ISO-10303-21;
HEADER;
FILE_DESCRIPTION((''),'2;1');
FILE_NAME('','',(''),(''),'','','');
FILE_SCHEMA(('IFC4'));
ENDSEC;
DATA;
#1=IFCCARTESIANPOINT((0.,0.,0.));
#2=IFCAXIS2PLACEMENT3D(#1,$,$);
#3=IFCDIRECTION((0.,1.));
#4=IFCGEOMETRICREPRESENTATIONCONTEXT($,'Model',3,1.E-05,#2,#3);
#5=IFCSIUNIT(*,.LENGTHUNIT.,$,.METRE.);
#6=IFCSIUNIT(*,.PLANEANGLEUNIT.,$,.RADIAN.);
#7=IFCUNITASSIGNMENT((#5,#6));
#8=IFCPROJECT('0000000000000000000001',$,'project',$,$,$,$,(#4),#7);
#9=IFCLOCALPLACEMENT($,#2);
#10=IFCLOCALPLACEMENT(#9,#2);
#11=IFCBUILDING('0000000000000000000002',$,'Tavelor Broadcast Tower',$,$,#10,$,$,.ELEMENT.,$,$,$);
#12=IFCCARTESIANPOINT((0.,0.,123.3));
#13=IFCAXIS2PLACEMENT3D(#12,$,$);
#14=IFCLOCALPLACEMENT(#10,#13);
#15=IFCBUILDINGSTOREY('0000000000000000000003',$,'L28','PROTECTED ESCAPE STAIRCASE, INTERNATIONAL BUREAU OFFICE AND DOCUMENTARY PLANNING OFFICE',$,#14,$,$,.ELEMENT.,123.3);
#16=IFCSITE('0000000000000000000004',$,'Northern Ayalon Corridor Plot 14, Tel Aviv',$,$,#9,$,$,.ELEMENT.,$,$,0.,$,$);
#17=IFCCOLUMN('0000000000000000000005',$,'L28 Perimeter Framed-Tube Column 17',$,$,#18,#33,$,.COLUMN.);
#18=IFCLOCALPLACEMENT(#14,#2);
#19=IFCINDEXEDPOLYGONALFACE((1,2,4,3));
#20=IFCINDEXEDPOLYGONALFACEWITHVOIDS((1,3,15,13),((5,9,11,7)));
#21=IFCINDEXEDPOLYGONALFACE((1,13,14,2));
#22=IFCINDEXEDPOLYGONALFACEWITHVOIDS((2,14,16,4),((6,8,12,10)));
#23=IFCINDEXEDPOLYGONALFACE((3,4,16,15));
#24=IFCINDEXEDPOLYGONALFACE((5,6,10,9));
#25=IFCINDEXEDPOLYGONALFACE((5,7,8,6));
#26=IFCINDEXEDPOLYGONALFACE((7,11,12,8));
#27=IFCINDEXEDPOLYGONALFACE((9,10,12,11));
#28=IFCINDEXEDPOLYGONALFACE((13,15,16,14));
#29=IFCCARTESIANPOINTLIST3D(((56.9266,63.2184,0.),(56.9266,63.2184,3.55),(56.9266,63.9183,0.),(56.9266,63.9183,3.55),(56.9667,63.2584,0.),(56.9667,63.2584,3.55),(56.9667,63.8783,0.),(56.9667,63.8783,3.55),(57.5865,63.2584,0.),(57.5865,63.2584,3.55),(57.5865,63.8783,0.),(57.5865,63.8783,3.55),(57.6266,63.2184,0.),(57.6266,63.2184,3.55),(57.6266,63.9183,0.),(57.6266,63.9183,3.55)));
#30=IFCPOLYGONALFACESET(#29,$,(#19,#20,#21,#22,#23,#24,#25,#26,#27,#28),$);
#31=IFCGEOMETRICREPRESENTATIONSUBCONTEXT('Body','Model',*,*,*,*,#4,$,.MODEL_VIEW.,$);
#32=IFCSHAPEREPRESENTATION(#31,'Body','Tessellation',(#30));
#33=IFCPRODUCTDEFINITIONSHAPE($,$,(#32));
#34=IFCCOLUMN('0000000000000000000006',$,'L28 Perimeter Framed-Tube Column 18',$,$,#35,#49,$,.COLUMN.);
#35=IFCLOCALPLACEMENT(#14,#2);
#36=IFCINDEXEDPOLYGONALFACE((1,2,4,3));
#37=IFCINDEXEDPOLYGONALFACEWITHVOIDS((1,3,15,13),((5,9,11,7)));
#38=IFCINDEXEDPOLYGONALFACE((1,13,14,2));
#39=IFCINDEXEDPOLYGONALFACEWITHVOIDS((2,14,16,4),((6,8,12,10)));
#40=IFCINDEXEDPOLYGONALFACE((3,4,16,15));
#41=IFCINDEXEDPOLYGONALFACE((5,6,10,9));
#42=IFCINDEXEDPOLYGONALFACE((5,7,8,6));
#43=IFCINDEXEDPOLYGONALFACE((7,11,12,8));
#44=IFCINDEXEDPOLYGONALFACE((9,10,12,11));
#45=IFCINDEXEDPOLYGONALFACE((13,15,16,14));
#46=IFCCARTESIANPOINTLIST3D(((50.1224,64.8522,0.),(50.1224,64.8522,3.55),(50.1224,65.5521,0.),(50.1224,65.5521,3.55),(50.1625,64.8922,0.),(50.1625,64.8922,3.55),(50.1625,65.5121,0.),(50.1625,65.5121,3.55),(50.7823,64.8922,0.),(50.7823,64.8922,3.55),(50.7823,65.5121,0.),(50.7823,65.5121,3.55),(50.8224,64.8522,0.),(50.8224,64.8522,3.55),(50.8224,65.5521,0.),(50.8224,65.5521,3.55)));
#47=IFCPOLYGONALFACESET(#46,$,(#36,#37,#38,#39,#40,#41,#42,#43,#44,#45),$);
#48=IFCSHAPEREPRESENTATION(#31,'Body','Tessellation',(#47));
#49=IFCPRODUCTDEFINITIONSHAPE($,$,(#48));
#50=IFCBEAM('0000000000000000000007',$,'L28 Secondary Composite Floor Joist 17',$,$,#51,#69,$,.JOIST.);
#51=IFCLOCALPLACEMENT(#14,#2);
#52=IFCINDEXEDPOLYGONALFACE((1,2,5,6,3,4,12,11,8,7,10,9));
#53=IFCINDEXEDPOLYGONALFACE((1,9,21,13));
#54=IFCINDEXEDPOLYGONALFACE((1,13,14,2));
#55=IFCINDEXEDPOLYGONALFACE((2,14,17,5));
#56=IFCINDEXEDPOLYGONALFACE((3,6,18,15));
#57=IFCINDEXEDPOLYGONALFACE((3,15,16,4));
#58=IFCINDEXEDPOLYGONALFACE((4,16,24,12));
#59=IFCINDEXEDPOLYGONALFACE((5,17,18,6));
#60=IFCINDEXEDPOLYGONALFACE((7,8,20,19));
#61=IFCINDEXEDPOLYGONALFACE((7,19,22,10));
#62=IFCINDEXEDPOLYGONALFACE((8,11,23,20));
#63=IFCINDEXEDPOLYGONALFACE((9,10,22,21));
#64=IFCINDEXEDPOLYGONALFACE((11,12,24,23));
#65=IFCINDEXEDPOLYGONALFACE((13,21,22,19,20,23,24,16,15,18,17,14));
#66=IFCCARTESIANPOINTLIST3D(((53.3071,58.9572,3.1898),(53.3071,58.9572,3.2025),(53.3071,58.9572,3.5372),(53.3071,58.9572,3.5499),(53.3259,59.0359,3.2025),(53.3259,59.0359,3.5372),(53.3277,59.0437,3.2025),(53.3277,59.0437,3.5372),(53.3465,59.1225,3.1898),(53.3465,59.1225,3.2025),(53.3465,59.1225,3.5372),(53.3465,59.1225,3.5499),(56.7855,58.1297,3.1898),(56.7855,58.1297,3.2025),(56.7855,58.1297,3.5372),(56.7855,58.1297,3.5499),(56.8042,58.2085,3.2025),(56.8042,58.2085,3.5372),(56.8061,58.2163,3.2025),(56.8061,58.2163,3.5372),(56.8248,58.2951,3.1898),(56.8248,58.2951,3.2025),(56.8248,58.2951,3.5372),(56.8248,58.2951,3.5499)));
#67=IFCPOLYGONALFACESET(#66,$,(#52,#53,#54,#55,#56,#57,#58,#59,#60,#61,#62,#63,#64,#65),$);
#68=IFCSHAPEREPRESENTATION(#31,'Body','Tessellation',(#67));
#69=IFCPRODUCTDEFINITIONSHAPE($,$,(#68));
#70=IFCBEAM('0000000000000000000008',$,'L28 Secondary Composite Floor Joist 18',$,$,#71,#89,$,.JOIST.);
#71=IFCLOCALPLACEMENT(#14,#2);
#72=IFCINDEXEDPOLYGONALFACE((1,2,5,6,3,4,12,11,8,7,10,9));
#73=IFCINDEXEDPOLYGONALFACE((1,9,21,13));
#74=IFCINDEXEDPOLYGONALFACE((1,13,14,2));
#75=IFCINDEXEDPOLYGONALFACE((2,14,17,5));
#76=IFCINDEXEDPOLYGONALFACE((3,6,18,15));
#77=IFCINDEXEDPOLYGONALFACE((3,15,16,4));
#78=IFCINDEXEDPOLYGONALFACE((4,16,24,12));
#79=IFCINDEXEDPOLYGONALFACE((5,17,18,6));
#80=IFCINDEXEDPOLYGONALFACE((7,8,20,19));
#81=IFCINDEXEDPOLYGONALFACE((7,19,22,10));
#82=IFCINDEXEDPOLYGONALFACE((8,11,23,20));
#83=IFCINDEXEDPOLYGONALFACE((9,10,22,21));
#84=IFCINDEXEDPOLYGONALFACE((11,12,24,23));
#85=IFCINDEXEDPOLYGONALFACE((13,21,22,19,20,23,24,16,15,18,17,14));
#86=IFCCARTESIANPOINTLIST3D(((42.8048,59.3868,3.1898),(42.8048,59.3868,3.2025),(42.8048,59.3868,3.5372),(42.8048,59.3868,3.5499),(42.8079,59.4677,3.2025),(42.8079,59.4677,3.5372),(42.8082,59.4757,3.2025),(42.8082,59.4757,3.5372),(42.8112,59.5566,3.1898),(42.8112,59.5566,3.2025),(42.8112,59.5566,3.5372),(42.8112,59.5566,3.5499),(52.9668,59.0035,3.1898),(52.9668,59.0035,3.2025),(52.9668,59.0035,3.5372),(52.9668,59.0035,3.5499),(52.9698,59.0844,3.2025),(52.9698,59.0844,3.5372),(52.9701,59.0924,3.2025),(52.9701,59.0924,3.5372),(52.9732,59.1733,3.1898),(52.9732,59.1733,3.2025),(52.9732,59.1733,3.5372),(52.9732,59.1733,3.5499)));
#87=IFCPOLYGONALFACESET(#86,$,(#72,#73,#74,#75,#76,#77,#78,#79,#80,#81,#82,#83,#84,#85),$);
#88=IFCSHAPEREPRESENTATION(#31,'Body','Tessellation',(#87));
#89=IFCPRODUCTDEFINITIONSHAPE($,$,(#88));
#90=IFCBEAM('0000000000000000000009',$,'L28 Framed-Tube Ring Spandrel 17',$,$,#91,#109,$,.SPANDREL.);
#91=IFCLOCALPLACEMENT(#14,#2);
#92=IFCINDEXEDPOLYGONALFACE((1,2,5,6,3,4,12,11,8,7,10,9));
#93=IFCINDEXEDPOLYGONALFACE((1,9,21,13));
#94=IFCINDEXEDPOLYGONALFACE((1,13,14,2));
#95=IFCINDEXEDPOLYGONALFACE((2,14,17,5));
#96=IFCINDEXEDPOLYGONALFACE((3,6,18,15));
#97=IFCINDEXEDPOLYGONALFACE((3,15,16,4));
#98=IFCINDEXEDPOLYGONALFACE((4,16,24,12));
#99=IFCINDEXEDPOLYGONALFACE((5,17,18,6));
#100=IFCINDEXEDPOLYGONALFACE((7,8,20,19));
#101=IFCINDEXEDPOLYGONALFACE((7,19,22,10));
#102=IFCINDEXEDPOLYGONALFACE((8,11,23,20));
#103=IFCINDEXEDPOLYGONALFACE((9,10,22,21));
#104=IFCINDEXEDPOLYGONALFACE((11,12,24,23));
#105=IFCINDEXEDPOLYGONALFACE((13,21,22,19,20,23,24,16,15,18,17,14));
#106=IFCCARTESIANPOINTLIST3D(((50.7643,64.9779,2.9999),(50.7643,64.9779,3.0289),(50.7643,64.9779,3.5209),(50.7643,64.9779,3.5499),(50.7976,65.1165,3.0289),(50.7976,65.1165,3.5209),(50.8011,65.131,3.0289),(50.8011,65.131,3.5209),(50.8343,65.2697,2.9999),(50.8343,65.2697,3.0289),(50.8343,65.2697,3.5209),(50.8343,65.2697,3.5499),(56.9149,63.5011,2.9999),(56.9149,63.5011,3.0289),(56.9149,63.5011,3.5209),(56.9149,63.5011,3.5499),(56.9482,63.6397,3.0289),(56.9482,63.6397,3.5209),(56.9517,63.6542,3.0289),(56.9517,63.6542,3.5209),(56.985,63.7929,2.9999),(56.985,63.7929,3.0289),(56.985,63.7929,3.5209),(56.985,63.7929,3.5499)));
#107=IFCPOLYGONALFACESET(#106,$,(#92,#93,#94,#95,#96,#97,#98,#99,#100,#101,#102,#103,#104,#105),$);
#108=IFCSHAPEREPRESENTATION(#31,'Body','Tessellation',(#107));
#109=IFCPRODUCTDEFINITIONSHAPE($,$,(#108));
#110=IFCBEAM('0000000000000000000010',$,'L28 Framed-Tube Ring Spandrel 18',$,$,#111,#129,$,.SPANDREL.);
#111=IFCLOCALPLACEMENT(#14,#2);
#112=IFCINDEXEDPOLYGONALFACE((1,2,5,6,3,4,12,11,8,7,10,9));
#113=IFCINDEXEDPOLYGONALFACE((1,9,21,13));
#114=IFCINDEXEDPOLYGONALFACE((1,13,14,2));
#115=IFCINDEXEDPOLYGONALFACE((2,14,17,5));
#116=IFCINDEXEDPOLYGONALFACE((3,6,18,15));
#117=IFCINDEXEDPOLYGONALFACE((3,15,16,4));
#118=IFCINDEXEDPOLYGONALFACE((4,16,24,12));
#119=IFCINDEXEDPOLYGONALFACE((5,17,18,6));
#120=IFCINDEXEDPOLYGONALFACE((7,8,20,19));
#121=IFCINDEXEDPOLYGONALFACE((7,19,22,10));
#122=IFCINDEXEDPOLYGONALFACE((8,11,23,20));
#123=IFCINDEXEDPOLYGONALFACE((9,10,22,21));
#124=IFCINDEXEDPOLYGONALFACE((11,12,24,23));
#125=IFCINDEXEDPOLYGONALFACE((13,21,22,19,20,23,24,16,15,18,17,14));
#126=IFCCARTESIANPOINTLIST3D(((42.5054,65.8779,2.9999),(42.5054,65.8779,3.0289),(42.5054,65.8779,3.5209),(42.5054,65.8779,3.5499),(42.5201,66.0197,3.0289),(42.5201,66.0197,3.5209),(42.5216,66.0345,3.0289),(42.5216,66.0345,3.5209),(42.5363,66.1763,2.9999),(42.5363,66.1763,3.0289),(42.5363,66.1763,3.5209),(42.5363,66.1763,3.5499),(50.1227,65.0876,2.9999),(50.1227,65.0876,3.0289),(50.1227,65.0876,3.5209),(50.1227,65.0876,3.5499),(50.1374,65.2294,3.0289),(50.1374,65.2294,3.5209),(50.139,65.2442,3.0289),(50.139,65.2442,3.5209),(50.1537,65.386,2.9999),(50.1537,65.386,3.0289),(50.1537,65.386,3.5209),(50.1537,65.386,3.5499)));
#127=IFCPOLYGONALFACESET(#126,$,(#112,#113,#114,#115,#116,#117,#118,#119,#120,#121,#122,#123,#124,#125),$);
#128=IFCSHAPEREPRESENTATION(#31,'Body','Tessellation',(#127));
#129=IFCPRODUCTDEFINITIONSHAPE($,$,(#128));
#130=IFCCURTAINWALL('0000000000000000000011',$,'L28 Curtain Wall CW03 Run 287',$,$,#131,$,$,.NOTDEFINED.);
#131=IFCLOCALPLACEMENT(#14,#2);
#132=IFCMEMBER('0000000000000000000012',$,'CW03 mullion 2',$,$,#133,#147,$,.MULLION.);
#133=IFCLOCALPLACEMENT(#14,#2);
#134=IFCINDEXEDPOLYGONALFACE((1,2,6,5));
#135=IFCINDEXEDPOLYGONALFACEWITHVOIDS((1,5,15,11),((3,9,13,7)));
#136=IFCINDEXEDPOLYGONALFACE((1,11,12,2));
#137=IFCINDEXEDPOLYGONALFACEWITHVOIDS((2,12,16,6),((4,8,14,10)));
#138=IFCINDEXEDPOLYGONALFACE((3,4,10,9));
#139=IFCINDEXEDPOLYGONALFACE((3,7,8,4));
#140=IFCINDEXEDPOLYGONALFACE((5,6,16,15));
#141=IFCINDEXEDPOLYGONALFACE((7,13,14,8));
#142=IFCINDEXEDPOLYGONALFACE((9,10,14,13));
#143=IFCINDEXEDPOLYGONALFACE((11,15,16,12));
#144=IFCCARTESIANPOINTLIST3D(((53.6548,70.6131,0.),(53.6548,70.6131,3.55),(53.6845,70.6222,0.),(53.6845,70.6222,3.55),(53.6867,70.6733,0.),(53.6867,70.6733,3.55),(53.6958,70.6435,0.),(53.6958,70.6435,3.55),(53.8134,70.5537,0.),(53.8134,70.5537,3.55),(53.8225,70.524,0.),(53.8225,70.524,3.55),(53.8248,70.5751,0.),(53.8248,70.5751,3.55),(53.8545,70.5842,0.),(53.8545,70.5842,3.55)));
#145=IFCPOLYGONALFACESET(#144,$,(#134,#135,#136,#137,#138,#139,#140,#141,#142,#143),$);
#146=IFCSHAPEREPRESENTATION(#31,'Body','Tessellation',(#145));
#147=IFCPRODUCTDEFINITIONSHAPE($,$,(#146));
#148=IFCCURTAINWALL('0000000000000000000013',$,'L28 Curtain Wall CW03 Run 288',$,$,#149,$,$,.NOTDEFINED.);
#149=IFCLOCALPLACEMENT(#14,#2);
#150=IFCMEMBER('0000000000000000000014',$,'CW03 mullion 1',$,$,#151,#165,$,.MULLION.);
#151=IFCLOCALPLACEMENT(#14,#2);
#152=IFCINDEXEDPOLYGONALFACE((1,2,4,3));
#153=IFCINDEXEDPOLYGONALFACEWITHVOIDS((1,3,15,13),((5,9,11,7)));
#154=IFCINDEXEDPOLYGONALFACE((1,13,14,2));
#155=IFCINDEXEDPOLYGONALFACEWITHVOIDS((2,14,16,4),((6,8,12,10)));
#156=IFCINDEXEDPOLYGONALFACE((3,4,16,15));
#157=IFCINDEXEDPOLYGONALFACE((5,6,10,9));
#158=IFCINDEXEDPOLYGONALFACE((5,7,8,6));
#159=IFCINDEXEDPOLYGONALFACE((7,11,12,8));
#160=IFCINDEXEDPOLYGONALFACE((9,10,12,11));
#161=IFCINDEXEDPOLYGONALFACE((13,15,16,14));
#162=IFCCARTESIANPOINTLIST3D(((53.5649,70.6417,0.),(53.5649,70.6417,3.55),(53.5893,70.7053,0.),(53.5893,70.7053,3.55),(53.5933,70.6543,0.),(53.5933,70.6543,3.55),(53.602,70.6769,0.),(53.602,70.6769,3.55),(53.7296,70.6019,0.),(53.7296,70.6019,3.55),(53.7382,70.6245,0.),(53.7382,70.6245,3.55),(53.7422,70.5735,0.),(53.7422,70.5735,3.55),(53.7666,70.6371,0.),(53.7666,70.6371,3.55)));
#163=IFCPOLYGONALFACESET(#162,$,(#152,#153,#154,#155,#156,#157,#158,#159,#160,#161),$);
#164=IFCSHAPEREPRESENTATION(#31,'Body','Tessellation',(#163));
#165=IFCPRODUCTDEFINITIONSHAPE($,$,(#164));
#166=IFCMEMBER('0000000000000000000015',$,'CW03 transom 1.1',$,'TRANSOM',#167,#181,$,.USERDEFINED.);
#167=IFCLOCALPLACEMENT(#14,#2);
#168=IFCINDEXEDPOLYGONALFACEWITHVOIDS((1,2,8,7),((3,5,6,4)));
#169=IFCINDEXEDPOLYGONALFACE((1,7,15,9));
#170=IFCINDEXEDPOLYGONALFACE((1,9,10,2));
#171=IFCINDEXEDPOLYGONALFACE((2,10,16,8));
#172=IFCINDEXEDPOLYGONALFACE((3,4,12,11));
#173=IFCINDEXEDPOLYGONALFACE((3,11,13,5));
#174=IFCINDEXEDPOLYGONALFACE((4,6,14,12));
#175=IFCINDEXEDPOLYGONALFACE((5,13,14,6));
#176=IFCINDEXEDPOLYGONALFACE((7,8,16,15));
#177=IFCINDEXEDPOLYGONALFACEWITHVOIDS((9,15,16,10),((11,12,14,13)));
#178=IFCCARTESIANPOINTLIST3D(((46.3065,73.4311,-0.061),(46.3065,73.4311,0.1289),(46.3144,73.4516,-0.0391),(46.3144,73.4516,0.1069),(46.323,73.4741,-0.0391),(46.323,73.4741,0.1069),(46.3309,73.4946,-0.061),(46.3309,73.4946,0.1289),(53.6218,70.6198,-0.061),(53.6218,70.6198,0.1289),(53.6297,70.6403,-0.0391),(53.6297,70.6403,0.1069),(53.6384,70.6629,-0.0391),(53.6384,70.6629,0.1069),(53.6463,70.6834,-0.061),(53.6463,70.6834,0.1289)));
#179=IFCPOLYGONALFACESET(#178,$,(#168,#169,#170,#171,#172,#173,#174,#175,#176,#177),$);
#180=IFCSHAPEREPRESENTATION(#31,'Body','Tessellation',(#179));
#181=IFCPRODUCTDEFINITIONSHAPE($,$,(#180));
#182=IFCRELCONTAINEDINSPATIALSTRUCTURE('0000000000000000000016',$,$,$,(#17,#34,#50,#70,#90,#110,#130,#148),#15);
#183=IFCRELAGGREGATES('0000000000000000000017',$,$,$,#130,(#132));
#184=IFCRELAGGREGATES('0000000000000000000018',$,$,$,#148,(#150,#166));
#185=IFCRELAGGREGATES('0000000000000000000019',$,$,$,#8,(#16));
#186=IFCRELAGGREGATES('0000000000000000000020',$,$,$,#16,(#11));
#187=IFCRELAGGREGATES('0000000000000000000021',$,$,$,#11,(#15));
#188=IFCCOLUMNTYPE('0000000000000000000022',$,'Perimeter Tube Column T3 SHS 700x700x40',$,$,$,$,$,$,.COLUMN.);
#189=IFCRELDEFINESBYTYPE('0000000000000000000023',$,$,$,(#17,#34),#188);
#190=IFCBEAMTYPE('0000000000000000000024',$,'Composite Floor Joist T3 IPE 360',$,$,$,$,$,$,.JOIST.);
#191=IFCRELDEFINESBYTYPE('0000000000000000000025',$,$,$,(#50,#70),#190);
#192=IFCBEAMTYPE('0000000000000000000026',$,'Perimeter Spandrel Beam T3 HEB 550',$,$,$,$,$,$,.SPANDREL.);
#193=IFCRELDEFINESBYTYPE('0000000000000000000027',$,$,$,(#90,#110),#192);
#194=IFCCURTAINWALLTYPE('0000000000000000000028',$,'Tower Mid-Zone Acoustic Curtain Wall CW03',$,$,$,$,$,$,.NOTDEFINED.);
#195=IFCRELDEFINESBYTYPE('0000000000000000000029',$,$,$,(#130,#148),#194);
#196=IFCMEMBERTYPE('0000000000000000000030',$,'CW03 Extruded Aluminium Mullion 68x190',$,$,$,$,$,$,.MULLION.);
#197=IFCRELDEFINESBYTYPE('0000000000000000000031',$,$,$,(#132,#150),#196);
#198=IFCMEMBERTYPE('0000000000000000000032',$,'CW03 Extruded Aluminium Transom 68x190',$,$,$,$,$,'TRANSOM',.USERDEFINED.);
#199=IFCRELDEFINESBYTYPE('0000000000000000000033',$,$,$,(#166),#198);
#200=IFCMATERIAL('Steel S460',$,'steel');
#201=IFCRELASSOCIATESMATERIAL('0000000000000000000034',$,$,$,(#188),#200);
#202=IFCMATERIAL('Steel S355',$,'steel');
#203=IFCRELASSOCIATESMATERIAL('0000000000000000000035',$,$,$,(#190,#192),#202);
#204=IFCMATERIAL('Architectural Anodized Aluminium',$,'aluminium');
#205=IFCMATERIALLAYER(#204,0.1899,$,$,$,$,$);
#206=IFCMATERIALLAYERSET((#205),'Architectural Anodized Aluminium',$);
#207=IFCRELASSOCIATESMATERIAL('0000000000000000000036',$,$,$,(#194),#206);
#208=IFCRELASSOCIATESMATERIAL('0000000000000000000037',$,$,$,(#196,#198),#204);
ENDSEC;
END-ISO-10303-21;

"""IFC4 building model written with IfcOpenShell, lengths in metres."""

from ifc_helpers import new_model, si_unit, direction, frame, origin, origin_2d, place, context, subcontext, project, spatial, hollow_rectangle, i_section, extrude, source, transform, mapped, material, layer, layer_set, material_profile, profile_set, type_object, type_shapes, element, aggregate, save


model = new_model("IFC4")

# Units and contexts
model_context = context("Model", 3, precision=1e-05, world=origin(), true_north=direction((0.0, 1.0)))
body_context = subcontext(model_context, "Body", "Model", "MODEL_VIEW")
ifc_project = project(units=[si_unit("LENGTHUNIT", "METRE"), si_unit("PLANEANGLEUNIT", "RADIAN")], contexts=[model_context])

# Site, building, storey
site_placement = place(None, origin())
site = spatial("IfcSite", under=ifc_project, at=site_placement, Name="Northern Ayalon Corridor Plot 14, Tel Aviv", CompositionType="ELEMENT", RefElevation=0.0)
building_placement = place(site_placement, origin())
building = spatial("IfcBuilding", under=site, at=building_placement, Name="Tavelor Broadcast Tower", CompositionType="ELEMENT")
storey_placement = place(building_placement, frame((0.0, 0.0, 123.3)))
storey = spatial("IfcBuildingStorey", under=building, at=storey_placement, Name="L28", Description="PROTECTED ESCAPE STAIRCASE, INTERNATIONAL BUREAU OFFICE AND DOCUMENTARY PLANNING OFFICE", CompositionType="ELEMENT", Elevation=123.3)

# Columns
ifc_material_1 = material(Name="Steel S460", Category="steel")
ifc_material_profile_1 = material_profile(ifc_material_1, hollow_rectangle(XDim=0.7, YDim=0.7, WallThickness=0.04, at=origin_2d()), Name="SHS 700x700x40")
ifc_profile_set_1 = profile_set([ifc_material_profile_1], Name="Steel S460")
column_type = type_object("IfcColumnType", Name="Perimeter Tube Column T3 SHS 700x700x40", PredefinedType="COLUMN", material=ifc_profile_set_1)
for number, where, z_axis, x_axis, name in (
    (1, (57.2766, 63.5684, 0.0), (0.0, 0.0, 1.0), (1.0, 0.0, 0.0), "L28 Perimeter Framed-Tube Column 17"),
    (2, (50.4724, 65.2021, 0.0), (0.0, 0.0, 1.0), (1.0, 0.0, 0.0), "L28 Perimeter Framed-Tube Column 18"),
):
    element("IfcColumn", number, at=place(storey_placement, frame(where, z_axis=z_axis, x_axis=x_axis)), inside=storey, type_object=column_type, Name=name, PredefinedType="COLUMN", context=body_context, shape_type="SweptSolid", body=[
        extrude(hollow_rectangle(XDim=0.7, YDim=0.7, WallThickness=0.04, at=origin_2d()), origin(), (0.0, 0.0, 1.0), 3.55),
    ])

# Beams
ifc_material_2 = material(Name="Steel S355", Category="steel")
ifc_material_profile_2 = material_profile(ifc_material_2, i_section(OverallWidth=0.1699, OverallDepth=0.3601, WebThickness=0.0081, FlangeThickness=0.0127, at=origin_2d()), Name="IPE 360")
ifc_profile_set_2 = profile_set([ifc_material_profile_2], Name="Steel S355")
beam_type_1 = type_object("IfcBeamType", Name="Composite Floor Joist T3 IPE 360", PredefinedType="JOIST", material=ifc_profile_set_2)
beam_1_placement = place(storey_placement, frame((56.8052, 58.2124, 3.3699), z_axis=(-0.972855, 0.231417, 0.0), x_axis=(-0.231417, -0.972855, 0.0)))
element("IfcBeam", 3, at=beam_1_placement, inside=storey, type_object=beam_type_1, Name="L28 Secondary Composite Floor Joist 17", PredefinedType="JOIST", context=body_context, shape_type="SweptSolid", body=[
    extrude(i_section(OverallWidth=0.1699, OverallDepth=0.3601, WebThickness=0.0081, FlangeThickness=0.0127, at=origin_2d()), origin(), (0.0, 0.0, 1.0), 3.5754),
])
beam_2_placement = place(storey_placement, frame((52.97, 59.0884, 3.3699), z_axis=(-0.999289, 0.037693, 0.0), x_axis=(-0.037693, -0.999289, 0.0)))
element("IfcBeam", 4, at=beam_2_placement, inside=storey, type_object=beam_type_1, Name="L28 Secondary Composite Floor Joist 18", PredefinedType="JOIST", context=body_context, shape_type="SweptSolid", body=[
    extrude(i_section(OverallWidth=0.1699, OverallDepth=0.3601, WebThickness=0.0081, FlangeThickness=0.0127, at=origin_2d()), origin(), (0.0, 0.0, 1.0), 10.1692),
])
ifc_material_profile_3 = material_profile(ifc_material_2, i_section(OverallWidth=0.3, OverallDepth=0.55, WebThickness=0.0149, FlangeThickness=0.0291, at=origin_2d()), Name="HEB 550")
ifc_profile_set_3 = profile_set([ifc_material_profile_3], Name="Steel S355")
beam_type_2 = type_object("IfcBeamType", Name="Perimeter Spandrel Beam T3 HEB 550", PredefinedType="SPANDREL", material=ifc_profile_set_3)
beam_3_placement = place(storey_placement, frame((56.95, 63.647, 3.2749), z_axis=(-0.972364, 0.233471, 0.0), x_axis=(-0.233471, -0.972364, 0.0)))
element("IfcBeam", 5, at=beam_3_placement, inside=storey, type_object=beam_type_2, Name="L28 Framed-Tube Ring Spandrel 17", PredefinedType="SPANDREL", context=body_context, shape_type="SweptSolid", body=[
    extrude(i_section(OverallWidth=0.3, OverallDepth=0.55, WebThickness=0.0149, FlangeThickness=0.0291, at=origin_2d()), origin(), (0.0, 0.0, 1.0), 6.3254),
])
beam_4_placement = place(storey_placement, frame((50.1382, 65.2368, 3.2749), z_axis=(-0.994661, 0.103193, 0.0), x_axis=(-0.103193, -0.994661, 0.0)))
element("IfcBeam", 6, at=beam_4_placement, inside=storey, type_object=beam_type_2, Name="L28 Framed-Tube Ring Spandrel 18", PredefinedType="SPANDREL", context=body_context, shape_type="SweptSolid", body=[
    extrude(i_section(OverallWidth=0.3, OverallDepth=0.55, WebThickness=0.0149, FlangeThickness=0.0291, at=origin_2d()), origin(), (0.0, 0.0, 1.0), 7.6582),
])

# Curtain wall, member
ifc_material_3 = material(Name="Architectural Anodized Aluminium", Category="aluminium")
ifc_layer_1 = layer(ifc_material_3, 0.1899)
ifc_layer_set_1 = layer_set([ifc_layer_1], Name="Architectural Anodized Aluminium")
curtain_wall_type = type_object("IfcCurtainWallType", Name="Tower Mid-Zone Acoustic Curtain Wall CW03", PredefinedType="NOTDEFINED", material=ifc_layer_set_1)
curtain_wall_1_placement = place(storey_placement, origin())
curtain_wall_1 = element("IfcCurtainWall", 7, at=curtain_wall_1_placement, inside=storey, type_object=curtain_wall_type, Name="L28 Curtain Wall CW03 Run 287", PredefinedType="NOTDEFINED")
ifc_material_profile_4 = material_profile(ifc_material_3, hollow_rectangle(XDim=0.0681, YDim=0.1899, WallThickness=0.022, at=origin_2d()), Name="RHS 68x190x22")
ifc_profile_set_4 = profile_set([ifc_material_profile_4], Name="Architectural Anodized Aluminium")
member_type_1 = type_object("IfcMemberType", Name="CW03 Extruded Aluminium Mullion 68x190", PredefinedType="MULLION", material=ifc_profile_set_4)
shared_shape_1 = source(origin(), body_context, "Body", "SweptSolid", [
    extrude(hollow_rectangle(XDim=0.0681, YDim=0.1899, WallThickness=0.022, at=origin_2d()), origin(), (0.0, 0.0, 1.0), 3.55),
])
type_shapes(member_type_1, [shared_shape_1])
member_1_placement = place(storey_placement, frame((53.7546, 70.5986, 0.0), z_axis=(0.0, 0.0, 1.0), x_axis=(-0.469066, -0.883163, 0.0)))
member_1 = element("IfcMember", 8, at=member_1_placement, type_object=member_type_1, Name="CW03 mullion 2", PredefinedType="MULLION", context=body_context, shape_type="MappedRepresentation", body=[
    mapped(shared_shape_1, transform((0.0, 0.0, 0.0), scale=1.0)),
])

# Curtain wall, members
curtain_wall_2_placement = place(storey_placement, origin())
curtain_wall_2 = element("IfcCurtainWall", 9, at=curtain_wall_2_placement, inside=storey, type_object=curtain_wall_type, Name="L28 Curtain Wall CW03 Run 288", PredefinedType="NOTDEFINED")
member_2_placement = place(storey_placement, frame((53.6658, 70.6394, 0.0), z_axis=(0.0, 0.0, 1.0), x_axis=(-0.35874, -0.933437, 0.0)))
member_2 = element("IfcMember", 10, at=member_2_placement, type_object=member_type_1, Name="CW03 mullion 1", PredefinedType="MULLION", context=body_context, shape_type="MappedRepresentation", body=[
    mapped(shared_shape_1, transform((0.0, 0.0, 0.0), scale=1.0)),
])
ifc_material_profile_5 = material_profile(ifc_material_3, hollow_rectangle(XDim=0.0681, YDim=0.1899, WallThickness=0.022, at=origin_2d()), Name="RHS 68x190x22")
ifc_profile_set_5 = profile_set([ifc_material_profile_5], Name="Architectural Anodized Aluminium")
member_type_2 = type_object("IfcMemberType", Name="CW03 Extruded Aluminium Transom 68x190", ElementType="TRANSOM", PredefinedType="USERDEFINED", material=ifc_profile_set_5)
shared_shape_2 = source(origin(), body_context, "Body", "SweptSolid", [
    extrude(hollow_rectangle(XDim=0.0681, YDim=0.1899, WallThickness=0.022, at=origin_2d()), origin(), (0.0, 0.0, 1.0), 7.8369),
])
type_shapes(member_type_2, [shared_shape_2])
member_3_placement = place(storey_placement, frame((53.634, 70.6516, 0.0339), z_axis=(-0.933446, 0.358718, 0.0), x_axis=(-0.358718, -0.933446, 0.0)))
member_3 = element("IfcMember", 11, at=member_3_placement, type_object=member_type_2, Name="CW03 transom 1.1", ObjectType="TRANSOM", PredefinedType="USERDEFINED", context=body_context, shape_type="MappedRepresentation", body=[
    mapped(shared_shape_2, transform((0.0, 0.0, 0.0), scale=1.0)),
])

aggregate(curtain_wall_1, [member_1])
aggregate(curtain_wall_2, [member_2, member_3])

save(model, "model.ifc")
